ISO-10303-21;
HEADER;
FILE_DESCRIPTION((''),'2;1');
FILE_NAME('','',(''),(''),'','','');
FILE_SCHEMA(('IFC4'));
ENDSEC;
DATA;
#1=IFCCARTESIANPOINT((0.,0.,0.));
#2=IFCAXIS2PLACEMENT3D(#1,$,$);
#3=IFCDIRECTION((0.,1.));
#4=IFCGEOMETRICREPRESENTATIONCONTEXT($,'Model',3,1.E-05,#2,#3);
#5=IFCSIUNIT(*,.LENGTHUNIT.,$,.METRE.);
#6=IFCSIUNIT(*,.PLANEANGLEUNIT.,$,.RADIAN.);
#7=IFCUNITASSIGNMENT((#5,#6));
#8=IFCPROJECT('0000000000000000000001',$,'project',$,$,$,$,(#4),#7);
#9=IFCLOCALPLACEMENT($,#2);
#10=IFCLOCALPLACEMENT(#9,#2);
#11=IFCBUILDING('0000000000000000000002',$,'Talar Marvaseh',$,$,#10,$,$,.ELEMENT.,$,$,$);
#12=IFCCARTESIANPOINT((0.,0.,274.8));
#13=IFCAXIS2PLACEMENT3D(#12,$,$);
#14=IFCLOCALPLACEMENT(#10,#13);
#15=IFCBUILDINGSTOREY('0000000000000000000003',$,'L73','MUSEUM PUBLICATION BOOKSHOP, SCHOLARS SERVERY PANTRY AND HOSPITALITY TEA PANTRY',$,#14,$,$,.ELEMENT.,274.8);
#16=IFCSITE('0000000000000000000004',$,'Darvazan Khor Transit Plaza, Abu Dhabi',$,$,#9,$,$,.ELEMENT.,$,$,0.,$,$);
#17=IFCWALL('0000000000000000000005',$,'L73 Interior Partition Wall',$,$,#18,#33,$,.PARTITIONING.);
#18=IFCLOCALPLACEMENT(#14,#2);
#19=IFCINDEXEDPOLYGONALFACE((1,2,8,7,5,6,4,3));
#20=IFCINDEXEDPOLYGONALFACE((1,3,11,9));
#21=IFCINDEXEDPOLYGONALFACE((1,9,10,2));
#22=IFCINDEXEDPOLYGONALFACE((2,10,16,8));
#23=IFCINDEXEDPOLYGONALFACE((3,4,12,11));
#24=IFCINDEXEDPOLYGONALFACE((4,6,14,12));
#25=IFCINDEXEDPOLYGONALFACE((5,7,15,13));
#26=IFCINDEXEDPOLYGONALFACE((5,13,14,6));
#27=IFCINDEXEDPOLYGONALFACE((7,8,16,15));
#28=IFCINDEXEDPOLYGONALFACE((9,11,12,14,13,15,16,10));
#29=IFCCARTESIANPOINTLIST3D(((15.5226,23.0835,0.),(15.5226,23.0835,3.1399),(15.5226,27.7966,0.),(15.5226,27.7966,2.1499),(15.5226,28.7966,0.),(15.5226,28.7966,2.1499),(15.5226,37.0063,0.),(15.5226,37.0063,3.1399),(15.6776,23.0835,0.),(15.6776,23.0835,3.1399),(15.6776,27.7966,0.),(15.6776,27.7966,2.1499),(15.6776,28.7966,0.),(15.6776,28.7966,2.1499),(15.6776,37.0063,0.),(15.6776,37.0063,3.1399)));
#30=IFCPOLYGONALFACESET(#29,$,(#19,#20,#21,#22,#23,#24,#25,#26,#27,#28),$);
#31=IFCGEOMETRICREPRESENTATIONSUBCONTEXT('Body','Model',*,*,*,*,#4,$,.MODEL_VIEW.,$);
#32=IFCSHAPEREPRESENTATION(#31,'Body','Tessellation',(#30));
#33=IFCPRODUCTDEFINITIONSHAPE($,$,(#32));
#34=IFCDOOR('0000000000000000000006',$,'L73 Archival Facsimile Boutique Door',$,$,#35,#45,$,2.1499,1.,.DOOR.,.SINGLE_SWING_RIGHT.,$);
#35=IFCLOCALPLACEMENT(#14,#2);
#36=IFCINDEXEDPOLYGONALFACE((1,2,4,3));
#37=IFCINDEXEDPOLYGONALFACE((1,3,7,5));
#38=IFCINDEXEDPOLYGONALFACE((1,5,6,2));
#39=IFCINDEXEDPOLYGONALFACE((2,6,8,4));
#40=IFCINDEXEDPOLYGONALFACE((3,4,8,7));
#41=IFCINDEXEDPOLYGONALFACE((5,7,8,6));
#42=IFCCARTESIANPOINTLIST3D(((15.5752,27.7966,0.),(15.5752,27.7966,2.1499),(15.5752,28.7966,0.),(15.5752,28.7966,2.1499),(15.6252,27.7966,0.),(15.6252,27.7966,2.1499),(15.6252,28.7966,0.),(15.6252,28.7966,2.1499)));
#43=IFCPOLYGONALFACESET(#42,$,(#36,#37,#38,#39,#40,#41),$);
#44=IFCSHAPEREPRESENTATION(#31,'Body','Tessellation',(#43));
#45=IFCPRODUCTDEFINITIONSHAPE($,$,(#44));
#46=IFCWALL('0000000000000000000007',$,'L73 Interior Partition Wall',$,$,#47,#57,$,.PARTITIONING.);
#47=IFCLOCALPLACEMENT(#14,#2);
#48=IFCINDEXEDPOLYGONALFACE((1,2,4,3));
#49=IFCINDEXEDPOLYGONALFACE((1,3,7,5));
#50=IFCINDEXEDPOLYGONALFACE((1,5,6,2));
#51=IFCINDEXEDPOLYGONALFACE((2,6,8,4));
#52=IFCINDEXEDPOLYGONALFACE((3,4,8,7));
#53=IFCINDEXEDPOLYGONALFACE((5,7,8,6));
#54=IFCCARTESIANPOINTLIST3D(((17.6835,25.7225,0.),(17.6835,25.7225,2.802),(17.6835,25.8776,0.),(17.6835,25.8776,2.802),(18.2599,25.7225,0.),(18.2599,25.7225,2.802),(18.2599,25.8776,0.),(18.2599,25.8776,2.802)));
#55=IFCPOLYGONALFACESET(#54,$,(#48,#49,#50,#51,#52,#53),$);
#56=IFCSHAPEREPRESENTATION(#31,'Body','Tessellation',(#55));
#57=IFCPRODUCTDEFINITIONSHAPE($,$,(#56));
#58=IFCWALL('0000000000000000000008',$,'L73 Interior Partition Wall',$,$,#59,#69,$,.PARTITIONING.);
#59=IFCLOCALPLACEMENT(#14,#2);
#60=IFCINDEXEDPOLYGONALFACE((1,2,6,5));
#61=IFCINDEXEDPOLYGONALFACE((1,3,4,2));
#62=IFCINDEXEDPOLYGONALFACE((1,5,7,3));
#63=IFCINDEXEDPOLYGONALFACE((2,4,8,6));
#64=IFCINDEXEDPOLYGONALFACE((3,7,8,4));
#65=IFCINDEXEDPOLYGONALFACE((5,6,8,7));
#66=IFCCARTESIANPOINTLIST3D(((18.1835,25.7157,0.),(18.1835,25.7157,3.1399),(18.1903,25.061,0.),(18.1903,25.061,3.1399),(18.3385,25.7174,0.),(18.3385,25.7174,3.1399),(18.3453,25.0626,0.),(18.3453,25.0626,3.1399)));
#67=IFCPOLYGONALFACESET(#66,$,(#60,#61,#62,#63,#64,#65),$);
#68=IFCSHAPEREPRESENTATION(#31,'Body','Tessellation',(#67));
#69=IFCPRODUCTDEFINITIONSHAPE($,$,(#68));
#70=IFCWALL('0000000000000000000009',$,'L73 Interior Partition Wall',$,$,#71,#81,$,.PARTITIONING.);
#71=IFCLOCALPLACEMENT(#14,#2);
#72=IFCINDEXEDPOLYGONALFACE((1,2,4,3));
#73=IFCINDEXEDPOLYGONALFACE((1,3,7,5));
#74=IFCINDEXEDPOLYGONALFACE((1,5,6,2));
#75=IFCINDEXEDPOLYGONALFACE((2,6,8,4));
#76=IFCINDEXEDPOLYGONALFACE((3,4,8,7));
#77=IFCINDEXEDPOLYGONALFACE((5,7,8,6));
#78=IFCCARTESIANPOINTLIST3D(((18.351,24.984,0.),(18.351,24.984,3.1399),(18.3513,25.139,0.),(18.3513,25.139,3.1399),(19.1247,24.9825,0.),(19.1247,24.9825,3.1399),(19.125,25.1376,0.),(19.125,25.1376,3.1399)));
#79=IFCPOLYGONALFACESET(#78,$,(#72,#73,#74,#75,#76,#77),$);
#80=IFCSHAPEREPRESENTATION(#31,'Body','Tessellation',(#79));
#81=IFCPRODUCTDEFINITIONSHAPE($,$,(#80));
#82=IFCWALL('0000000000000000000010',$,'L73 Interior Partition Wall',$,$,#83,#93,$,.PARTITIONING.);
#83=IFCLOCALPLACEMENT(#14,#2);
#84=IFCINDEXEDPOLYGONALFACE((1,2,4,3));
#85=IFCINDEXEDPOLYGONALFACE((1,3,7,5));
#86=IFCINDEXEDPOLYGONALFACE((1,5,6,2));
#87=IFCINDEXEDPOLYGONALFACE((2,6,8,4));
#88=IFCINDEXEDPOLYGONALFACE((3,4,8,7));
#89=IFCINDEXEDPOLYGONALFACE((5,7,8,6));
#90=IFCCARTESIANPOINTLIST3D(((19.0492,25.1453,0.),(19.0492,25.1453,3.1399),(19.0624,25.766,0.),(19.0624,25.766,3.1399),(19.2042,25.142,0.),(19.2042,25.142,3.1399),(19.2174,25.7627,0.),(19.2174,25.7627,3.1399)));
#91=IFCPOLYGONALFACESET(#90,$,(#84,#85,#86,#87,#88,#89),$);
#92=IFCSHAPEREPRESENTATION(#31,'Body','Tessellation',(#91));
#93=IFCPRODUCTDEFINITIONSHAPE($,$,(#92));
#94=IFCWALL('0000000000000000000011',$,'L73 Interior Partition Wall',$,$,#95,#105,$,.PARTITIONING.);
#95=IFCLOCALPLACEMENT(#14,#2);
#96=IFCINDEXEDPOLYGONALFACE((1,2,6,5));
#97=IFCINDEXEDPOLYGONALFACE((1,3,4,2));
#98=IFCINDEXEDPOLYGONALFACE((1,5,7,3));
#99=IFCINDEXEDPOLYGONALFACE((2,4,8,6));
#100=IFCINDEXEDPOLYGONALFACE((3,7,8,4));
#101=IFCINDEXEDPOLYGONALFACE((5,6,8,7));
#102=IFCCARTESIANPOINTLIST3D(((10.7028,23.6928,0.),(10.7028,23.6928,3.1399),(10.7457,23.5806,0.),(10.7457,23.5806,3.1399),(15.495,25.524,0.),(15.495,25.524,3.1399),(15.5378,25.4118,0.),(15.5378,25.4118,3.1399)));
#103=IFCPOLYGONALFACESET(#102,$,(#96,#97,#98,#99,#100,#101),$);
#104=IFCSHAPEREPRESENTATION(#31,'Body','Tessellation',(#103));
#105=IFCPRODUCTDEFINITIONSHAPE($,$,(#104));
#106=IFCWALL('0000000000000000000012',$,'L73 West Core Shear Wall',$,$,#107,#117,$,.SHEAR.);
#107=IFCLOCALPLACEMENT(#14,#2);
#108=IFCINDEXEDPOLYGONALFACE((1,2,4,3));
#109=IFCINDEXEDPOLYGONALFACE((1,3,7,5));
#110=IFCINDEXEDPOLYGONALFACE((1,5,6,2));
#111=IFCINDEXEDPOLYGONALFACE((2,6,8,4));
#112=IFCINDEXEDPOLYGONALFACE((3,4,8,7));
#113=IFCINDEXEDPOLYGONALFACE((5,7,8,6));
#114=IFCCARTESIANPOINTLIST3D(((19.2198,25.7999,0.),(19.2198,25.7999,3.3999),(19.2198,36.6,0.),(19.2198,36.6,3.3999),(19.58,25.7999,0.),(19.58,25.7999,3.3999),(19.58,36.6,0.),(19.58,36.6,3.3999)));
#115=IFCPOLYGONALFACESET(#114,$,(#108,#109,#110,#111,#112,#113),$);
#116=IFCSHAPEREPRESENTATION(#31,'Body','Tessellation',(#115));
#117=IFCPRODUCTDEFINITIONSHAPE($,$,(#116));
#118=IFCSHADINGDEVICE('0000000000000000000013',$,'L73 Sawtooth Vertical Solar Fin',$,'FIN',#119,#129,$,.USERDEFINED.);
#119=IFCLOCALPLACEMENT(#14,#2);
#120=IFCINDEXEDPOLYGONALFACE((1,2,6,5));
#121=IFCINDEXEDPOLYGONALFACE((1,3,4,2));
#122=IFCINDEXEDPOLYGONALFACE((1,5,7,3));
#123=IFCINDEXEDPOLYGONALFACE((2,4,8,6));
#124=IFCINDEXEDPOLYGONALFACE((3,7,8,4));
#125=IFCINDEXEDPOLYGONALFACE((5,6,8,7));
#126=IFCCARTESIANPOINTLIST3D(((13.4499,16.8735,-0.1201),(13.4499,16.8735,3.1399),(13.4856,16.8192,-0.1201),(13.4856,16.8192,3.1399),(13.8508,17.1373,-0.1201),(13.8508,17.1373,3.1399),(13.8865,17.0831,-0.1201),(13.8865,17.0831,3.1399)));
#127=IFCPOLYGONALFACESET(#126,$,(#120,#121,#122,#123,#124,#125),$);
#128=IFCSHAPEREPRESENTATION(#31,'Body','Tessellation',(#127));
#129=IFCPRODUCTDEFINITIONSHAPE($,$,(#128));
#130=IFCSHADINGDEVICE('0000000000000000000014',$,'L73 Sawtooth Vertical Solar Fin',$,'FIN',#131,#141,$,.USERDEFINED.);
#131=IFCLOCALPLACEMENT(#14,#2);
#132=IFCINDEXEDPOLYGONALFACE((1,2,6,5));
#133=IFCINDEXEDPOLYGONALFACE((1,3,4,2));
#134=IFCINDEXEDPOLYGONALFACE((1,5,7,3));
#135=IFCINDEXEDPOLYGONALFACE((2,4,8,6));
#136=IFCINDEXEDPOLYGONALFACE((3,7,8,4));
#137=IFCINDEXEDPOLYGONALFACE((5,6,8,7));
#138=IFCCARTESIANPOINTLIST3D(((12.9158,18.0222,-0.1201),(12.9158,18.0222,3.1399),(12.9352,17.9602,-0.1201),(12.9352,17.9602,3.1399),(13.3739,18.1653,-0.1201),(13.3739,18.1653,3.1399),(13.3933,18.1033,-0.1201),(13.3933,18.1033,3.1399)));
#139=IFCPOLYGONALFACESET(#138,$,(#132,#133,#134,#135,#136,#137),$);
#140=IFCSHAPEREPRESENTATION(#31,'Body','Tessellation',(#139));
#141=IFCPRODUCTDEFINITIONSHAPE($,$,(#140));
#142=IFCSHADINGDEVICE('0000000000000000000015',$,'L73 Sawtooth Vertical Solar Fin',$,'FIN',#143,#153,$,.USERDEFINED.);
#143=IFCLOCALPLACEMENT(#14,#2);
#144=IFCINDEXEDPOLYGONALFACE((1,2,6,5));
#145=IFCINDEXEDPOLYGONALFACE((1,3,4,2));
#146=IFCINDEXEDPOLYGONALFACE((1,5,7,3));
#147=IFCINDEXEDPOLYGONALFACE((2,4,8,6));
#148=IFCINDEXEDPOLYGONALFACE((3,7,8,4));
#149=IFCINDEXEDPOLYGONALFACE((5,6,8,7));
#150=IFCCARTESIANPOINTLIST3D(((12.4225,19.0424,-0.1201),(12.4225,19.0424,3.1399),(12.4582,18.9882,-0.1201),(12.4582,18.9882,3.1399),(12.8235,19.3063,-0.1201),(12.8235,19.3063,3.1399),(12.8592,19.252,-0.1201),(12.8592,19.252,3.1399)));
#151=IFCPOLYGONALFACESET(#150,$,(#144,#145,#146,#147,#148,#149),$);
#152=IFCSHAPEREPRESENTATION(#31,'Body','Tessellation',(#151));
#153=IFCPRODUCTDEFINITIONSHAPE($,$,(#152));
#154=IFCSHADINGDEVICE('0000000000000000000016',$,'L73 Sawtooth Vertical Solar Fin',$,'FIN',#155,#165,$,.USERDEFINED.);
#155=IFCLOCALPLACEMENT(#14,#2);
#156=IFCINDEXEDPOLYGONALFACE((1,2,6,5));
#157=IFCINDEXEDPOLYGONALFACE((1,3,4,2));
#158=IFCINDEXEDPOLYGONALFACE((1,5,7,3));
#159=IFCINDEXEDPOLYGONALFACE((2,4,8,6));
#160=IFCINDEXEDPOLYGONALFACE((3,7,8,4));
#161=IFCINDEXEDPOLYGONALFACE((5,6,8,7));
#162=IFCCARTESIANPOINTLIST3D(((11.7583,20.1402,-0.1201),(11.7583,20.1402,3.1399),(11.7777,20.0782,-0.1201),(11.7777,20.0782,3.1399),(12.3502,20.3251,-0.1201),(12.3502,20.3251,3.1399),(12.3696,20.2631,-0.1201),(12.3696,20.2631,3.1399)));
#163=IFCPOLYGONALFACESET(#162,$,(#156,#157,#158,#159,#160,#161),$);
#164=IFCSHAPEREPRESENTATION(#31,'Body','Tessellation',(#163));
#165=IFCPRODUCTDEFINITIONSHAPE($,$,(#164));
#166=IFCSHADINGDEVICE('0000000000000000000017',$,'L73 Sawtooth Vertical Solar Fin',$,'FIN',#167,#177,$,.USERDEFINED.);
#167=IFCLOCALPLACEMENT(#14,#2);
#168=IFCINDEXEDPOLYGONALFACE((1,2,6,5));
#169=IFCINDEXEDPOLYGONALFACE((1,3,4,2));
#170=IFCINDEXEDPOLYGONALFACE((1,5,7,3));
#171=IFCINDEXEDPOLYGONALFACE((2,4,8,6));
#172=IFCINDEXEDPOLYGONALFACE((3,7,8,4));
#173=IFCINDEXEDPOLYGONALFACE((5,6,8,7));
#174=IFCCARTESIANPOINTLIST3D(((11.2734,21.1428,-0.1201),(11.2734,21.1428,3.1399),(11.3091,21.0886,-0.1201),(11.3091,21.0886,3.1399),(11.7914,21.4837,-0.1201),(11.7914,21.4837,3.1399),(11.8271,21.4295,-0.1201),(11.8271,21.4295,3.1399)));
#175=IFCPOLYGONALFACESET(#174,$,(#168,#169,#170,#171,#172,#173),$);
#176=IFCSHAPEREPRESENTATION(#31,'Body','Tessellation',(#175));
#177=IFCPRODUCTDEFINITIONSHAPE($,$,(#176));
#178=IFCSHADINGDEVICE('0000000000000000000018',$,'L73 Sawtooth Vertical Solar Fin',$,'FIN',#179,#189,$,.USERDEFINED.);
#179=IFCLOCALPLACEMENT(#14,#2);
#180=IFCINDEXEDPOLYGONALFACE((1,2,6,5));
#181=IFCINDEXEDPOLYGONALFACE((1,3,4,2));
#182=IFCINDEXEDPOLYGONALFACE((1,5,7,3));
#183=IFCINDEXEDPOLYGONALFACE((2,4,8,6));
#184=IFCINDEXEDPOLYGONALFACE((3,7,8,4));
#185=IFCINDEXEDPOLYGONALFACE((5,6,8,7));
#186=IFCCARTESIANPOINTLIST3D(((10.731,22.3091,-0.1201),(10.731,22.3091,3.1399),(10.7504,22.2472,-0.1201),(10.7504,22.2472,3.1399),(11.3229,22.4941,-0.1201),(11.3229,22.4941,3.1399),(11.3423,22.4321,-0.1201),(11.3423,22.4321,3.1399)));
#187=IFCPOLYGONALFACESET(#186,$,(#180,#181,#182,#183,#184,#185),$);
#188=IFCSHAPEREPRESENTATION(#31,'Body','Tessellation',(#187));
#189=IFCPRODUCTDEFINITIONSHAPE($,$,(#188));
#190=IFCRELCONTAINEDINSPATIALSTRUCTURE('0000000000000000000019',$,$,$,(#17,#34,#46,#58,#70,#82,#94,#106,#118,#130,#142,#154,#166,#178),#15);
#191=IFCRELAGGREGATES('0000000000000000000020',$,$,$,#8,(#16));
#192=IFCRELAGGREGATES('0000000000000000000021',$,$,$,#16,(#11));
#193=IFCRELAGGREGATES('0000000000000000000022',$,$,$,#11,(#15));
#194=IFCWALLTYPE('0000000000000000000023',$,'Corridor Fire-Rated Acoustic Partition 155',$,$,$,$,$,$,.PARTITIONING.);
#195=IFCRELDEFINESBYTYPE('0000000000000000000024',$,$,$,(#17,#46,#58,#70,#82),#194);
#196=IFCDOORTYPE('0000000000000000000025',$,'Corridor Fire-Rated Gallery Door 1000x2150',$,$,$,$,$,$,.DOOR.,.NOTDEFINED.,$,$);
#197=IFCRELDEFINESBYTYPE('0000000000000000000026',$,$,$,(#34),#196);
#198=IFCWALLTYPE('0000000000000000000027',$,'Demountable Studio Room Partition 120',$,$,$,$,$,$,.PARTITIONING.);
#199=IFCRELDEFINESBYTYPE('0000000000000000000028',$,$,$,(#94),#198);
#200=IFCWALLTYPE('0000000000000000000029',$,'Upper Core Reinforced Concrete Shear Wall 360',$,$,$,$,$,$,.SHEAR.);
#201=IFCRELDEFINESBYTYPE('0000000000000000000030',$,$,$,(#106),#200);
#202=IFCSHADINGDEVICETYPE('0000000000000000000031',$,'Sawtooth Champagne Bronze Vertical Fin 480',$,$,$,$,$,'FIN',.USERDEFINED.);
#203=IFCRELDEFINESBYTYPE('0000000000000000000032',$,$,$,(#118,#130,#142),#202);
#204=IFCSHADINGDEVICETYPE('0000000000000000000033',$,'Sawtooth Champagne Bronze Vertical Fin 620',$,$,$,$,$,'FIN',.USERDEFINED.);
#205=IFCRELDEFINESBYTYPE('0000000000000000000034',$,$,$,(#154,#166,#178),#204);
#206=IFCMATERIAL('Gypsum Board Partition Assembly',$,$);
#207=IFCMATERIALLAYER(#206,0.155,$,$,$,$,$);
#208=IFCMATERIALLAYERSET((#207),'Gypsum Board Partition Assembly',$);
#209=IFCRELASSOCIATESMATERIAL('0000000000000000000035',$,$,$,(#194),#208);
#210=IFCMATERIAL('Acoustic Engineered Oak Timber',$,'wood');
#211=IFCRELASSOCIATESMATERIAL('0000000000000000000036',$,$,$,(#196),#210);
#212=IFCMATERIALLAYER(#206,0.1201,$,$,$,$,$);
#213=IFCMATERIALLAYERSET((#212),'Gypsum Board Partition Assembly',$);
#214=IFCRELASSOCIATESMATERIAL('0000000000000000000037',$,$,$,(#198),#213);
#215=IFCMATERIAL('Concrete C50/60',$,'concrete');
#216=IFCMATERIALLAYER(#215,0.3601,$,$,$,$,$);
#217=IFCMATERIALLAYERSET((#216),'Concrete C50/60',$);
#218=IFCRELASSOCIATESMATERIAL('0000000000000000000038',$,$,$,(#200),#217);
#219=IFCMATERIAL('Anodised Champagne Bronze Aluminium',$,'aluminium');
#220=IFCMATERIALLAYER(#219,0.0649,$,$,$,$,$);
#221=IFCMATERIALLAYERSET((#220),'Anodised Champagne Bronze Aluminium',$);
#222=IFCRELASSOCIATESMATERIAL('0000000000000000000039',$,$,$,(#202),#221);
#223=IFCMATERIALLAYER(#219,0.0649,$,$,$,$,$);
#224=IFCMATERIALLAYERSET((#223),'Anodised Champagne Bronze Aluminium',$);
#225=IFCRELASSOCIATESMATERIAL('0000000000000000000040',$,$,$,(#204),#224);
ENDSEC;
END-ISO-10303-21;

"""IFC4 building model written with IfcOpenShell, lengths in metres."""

from ifc_helpers import new_model, si_unit, direction, frame, frame_2d, origin, origin_2d, place, context, subcontext, project, spatial, rectangle, extrude, source, transform, mapped, material, layer, layer_set, type_object, type_shapes, element, fill, save


model = new_model("IFC4")

# Units and contexts
model_context = context("Model", 3, precision=1e-05, world=origin(), true_north=direction((0.0, 1.0)))
body_context = subcontext(model_context, "Body", "Model", "MODEL_VIEW")
ifc_project = project(units=[si_unit("LENGTHUNIT", "METRE"), si_unit("PLANEANGLEUNIT", "RADIAN")], contexts=[model_context])

# Site, building, storey
site_placement = place(None, origin())
site = spatial("IfcSite", under=ifc_project, at=site_placement, Name="Darvazan Khor Transit Plaza, Abu Dhabi", CompositionType="ELEMENT", RefElevation=0.0)
building_placement = place(site_placement, origin())
building = spatial("IfcBuilding", under=site, at=building_placement, Name="Talar Marvaseh", CompositionType="ELEMENT")
storey_placement = place(building_placement, frame((0.0, 0.0, 274.8)))
storey = spatial("IfcBuildingStorey", under=building, at=storey_placement, Name="L73", Description="MUSEUM PUBLICATION BOOKSHOP, SCHOLARS SERVERY PANTRY AND HOSPITALITY TEA PANTRY", CompositionType="ELEMENT", Elevation=274.8)

# Shared definitions
ifc_material_1 = material(Name="Concrete C50/60", Category="concrete")

# Wall, opening, door
ifc_material_2 = material(Name="Gypsum Board Partition Assembly")
ifc_layer_1 = layer(ifc_material_2, 0.155)
ifc_layer_set_1 = layer_set([ifc_layer_1], Name="Gypsum Board Partition Assembly")
wall_type_1 = type_object("IfcWallType", Name="Corridor Fire-Rated Acoustic Partition 155", PredefinedType="PARTITIONING", material=ifc_layer_set_1)
wall_1_placement = place(storey_placement, frame((15.6001, 23.0835, 0.0), z_axis=(0.0, 0.0, 1.0), x_axis=(0.0, 1.0, 0.0)))
wall_1 = element("IfcWall", 1, at=wall_1_placement, inside=storey, type_object=wall_type_1, Name="L73 Interior Partition Wall", PredefinedType="PARTITIONING", context=body_context, shape_type="SweptSolid", body=[
    extrude(rectangle(XDim=13.9229, YDim=0.155, at=frame_2d((6.9614, 0.0))), origin(), (0.0, 0.0, 1.0), 3.1399),
])
opening_placement = place(wall_1_placement, frame((4.7131, 0.0, 0.0)))
opening = element("IfcOpeningElement", 2, at=opening_placement, cuts=wall_1, PredefinedType="OPENING", context=body_context, shape_type="SweptSolid", body=[
    extrude(rectangle(XDim=1.0, YDim=2.1499, at=frame_2d((0.5, 1.075))), frame((0.0, 0.0874, 0.0), z_axis=(0.0, -1.0, 0.0), x_axis=(1.0, 0.0, 0.0)), (0.0, 0.0, 1.0), 0.175),
])
ifc_material_3 = material(Name="Acoustic Engineered Oak Timber", Category="wood")
door_type = type_object("IfcDoorType", Name="Corridor Fire-Rated Gallery Door 1000x2150", OperationType="NOTDEFINED", PredefinedType="DOOR", material=ifc_material_3)
shared_shape_1 = source(origin(), body_context, "Body", "SweptSolid", [
    extrude(rectangle(XDim=1.0, YDim=2.1499, at=frame_2d((0.5, 1.075))), frame((0.0, 0.0249, 0.0), z_axis=(0.0, -1.0, 0.0), x_axis=(1.0, 0.0, 0.0)), (0.0, 0.0, 1.0), 0.05),
])
type_shapes(door_type, [shared_shape_1])
door_placement = place(opening_placement, origin())
door = element("IfcDoor", 3, at=door_placement, inside=storey, type_object=door_type, Name="L73 Archival Facsimile Boutique Door", OperationType="SINGLE_SWING_RIGHT", OverallHeight=2.1499, OverallWidth=1.0, PredefinedType="DOOR", context=body_context, shape_type="MappedRepresentation", body=[
    mapped(shared_shape_1, transform((0.0, 0.0, 0.0), x_axis=(1.0, 0.0, 0.0), y_axis=(0.0, 1.0, 0.0), z_axis=(0.0, 0.0, 1.0), scale=1.0)),
])
fill(opening, door)

# Walls
wall_2_placement = place(storey_placement, frame((17.6836, 25.8, 0.0), z_axis=(0.0, 0.0, 1.0), x_axis=(1.0, 0.0, 0.0)))
element("IfcWall", 4, at=wall_2_placement, inside=storey, type_object=wall_type_1, Name="L73 Interior Partition Wall", PredefinedType="PARTITIONING", context=body_context, shape_type="SweptSolid", body=[
    extrude(rectangle(XDim=0.5764, YDim=0.155, at=frame_2d((0.2881, 0.0))), origin(), (0.0, 0.0, 1.0), 2.802),
])
wall_3_placement = place(storey_placement, frame((18.261, 25.7166, 0.0), z_axis=(0.0, 0.0, 1.0), x_axis=(0.010439, -0.999946, 0.0)))
element("IfcWall", 5, at=wall_3_placement, inside=storey, type_object=wall_type_1, Name="L73 Interior Partition Wall", PredefinedType="PARTITIONING", context=body_context, shape_type="SweptSolid", body=[
    extrude(rectangle(XDim=0.6548, YDim=0.155, at=frame_2d((0.3274, 0.0))), origin(), (0.0, 0.0, 1.0), 3.1399),
])
wall_4_placement = place(storey_placement, frame((18.3513, 25.0615, 0.0), z_axis=(0.0, 0.0, 1.0), x_axis=(0.999998, -0.001893, 0.0)))
element("IfcWall", 6, at=wall_4_placement, inside=storey, type_object=wall_type_1, Name="L73 Interior Partition Wall", PredefinedType="PARTITIONING", context=body_context, shape_type="SweptSolid", body=[
    extrude(rectangle(XDim=0.7737, YDim=0.155, at=frame_2d((0.3867, 0.0))), origin(), (0.0, 0.0, 1.0), 3.1399),
])
wall_5_placement = place(storey_placement, frame((19.1267, 25.1436, 0.0), z_axis=(0.0, 0.0, 1.0), x_axis=(0.021238, 0.999774, 0.0)))
element("IfcWall", 7, at=wall_5_placement, inside=storey, type_object=wall_type_1, Name="L73 Interior Partition Wall", PredefinedType="PARTITIONING", context=body_context, shape_type="SweptSolid", body=[
    extrude(rectangle(XDim=0.6208, YDim=0.155, at=frame_2d((0.3105, 0.0))), origin(), (0.0, 0.0, 1.0), 3.1399),
])
ifc_layer_2 = layer(ifc_material_2, 0.1201)
ifc_layer_set_2 = layer_set([ifc_layer_2], Name="Gypsum Board Partition Assembly")
wall_type_2 = type_object("IfcWallType", Name="Demountable Studio Room Partition 120", PredefinedType="PARTITIONING", material=ifc_layer_set_2)
wall_6_placement = place(storey_placement, frame((10.7244, 23.6367, 0.0), z_axis=(0.0, 0.0, 1.0), x_axis=(0.934119, 0.356963, 0.0)))
element("IfcWall", 8, at=wall_6_placement, inside=storey, type_object=wall_type_2, Name="L73 Interior Partition Wall", PredefinedType="PARTITIONING", context=body_context, shape_type="SweptSolid", body=[
    extrude(rectangle(XDim=5.1301, YDim=0.1201, at=frame_2d((2.5649, 0.0))), origin(), (0.0, 0.0, 1.0), 3.1399),
])
ifc_layer_3 = layer(ifc_material_1, 0.3601)
ifc_layer_set_3 = layer_set([ifc_layer_3], Name="Concrete C50/60")
wall_type_3 = type_object("IfcWallType", Name="Upper Core Reinforced Concrete Shear Wall 360", PredefinedType="SHEAR", material=ifc_layer_set_3)
wall_7_placement = place(storey_placement, frame((19.3999, 25.8, 0.0), z_axis=(0.0, 0.0, 1.0), x_axis=(0.0, 1.0, 0.0)))
element("IfcWall", 9, at=wall_7_placement, inside=storey, type_object=wall_type_3, Name="L73 West Core Shear Wall", PredefinedType="SHEAR", context=body_context, shape_type="SweptSolid", body=[
    extrude(rectangle(XDim=10.8, YDim=0.3601, at=frame_2d((5.3999, 0.0))), origin(), (0.0, 0.0, 1.0), 3.3999),
])

# Shading devices
ifc_material_4 = material(Name="Anodised Champagne Bronze Aluminium", Category="aluminium")
ifc_layer_4 = layer(ifc_material_4, 0.0649)
ifc_layer_set_4 = layer_set([ifc_layer_4], Name="Anodised Champagne Bronze Aluminium")
shading_device_type_1 = type_object("IfcShadingDeviceType", Name="Sawtooth Champagne Bronze Vertical Fin 480", ElementType="FIN", PredefinedType="USERDEFINED", material=ifc_layer_set_4)
shared_shape_2 = source(origin(), body_context, "Body", "SweptSolid", [
    extrude(rectangle(XDim=0.48, YDim=0.0649, at=origin_2d()), origin(), (0.0, 0.0, 1.0), 3.26),
])
type_shapes(shading_device_type_1, [shared_shape_2])
for number, where, z_axis, x_axis, name in (
    (10, (13.6682, 16.9783, -0.1201), (0.0, 0.0, 1.0), (-0.835328, -0.549752, 0.0), "L73 Sawtooth Vertical Solar Fin"),
    (11, (13.1545, 18.0627, -0.1201), (0.0, 0.0, 1.0), (-0.954501, -0.298208, 0.0), "L73 Sawtooth Vertical Solar Fin"),
    (12, (12.6409, 19.1472, -0.1201), (0.0, 0.0, 1.0), (-0.835328, -0.549752, 0.0), "L73 Sawtooth Vertical Solar Fin"),
):
    element("IfcShadingDevice", number, at=place(storey_placement, frame(where, z_axis=z_axis, x_axis=x_axis)), inside=storey, type_object=shading_device_type_1, Name=name, ObjectType="FIN", PredefinedType="USERDEFINED", context=body_context, shape_type="MappedRepresentation", body=[
        mapped(shared_shape_2, transform((0.0, 0.0, 0.0), x_axis=(1.0, 0.0, 0.0), y_axis=(0.0, 1.0, 0.0), z_axis=(0.0, 0.0, 1.0), scale=1.0)),
    ])
ifc_layer_5 = layer(ifc_material_4, 0.0649)
ifc_layer_set_5 = layer_set([ifc_layer_5], Name="Anodised Champagne Bronze Aluminium")
shading_device_type_2 = type_object("IfcShadingDeviceType", Name="Sawtooth Champagne Bronze Vertical Fin 620", ElementType="FIN", PredefinedType="USERDEFINED", material=ifc_layer_set_5)
shared_shape_3 = source(origin(), body_context, "Body", "SweptSolid", [
    extrude(rectangle(XDim=0.6201, YDim=0.0649, at=origin_2d()), origin(), (0.0, 0.0, 1.0), 3.26),
])
type_shapes(shading_device_type_2, [shared_shape_3])
for number, where, z_axis, x_axis, name in (
    (13, (12.064, 20.2017, -0.1201), (0.0, 0.0, 1.0), (-0.954501, -0.298208, 0.0), "L73 Sawtooth Vertical Solar Fin"),
    (14, (11.5503, 21.2861, -0.1201), (0.0, 0.0, 1.0), (-0.835328, -0.549752, 0.0), "L73 Sawtooth Vertical Solar Fin"),
    (15, (11.0366, 22.3706, -0.1201), (0.0, 0.0, 1.0), (-0.954501, -0.298208, 0.0), "L73 Sawtooth Vertical Solar Fin"),
):
    element("IfcShadingDevice", number, at=place(storey_placement, frame(where, z_axis=z_axis, x_axis=x_axis)), inside=storey, type_object=shading_device_type_2, Name=name, ObjectType="FIN", PredefinedType="USERDEFINED", context=body_context, shape_type="MappedRepresentation", body=[
        mapped(shared_shape_3, transform((0.0, 0.0, 0.0), x_axis=(1.0, 0.0, 0.0), y_axis=(0.0, 1.0, 0.0), z_axis=(0.0, 0.0, 1.0), scale=1.0)),
    ])

save(model, "model.ifc")
